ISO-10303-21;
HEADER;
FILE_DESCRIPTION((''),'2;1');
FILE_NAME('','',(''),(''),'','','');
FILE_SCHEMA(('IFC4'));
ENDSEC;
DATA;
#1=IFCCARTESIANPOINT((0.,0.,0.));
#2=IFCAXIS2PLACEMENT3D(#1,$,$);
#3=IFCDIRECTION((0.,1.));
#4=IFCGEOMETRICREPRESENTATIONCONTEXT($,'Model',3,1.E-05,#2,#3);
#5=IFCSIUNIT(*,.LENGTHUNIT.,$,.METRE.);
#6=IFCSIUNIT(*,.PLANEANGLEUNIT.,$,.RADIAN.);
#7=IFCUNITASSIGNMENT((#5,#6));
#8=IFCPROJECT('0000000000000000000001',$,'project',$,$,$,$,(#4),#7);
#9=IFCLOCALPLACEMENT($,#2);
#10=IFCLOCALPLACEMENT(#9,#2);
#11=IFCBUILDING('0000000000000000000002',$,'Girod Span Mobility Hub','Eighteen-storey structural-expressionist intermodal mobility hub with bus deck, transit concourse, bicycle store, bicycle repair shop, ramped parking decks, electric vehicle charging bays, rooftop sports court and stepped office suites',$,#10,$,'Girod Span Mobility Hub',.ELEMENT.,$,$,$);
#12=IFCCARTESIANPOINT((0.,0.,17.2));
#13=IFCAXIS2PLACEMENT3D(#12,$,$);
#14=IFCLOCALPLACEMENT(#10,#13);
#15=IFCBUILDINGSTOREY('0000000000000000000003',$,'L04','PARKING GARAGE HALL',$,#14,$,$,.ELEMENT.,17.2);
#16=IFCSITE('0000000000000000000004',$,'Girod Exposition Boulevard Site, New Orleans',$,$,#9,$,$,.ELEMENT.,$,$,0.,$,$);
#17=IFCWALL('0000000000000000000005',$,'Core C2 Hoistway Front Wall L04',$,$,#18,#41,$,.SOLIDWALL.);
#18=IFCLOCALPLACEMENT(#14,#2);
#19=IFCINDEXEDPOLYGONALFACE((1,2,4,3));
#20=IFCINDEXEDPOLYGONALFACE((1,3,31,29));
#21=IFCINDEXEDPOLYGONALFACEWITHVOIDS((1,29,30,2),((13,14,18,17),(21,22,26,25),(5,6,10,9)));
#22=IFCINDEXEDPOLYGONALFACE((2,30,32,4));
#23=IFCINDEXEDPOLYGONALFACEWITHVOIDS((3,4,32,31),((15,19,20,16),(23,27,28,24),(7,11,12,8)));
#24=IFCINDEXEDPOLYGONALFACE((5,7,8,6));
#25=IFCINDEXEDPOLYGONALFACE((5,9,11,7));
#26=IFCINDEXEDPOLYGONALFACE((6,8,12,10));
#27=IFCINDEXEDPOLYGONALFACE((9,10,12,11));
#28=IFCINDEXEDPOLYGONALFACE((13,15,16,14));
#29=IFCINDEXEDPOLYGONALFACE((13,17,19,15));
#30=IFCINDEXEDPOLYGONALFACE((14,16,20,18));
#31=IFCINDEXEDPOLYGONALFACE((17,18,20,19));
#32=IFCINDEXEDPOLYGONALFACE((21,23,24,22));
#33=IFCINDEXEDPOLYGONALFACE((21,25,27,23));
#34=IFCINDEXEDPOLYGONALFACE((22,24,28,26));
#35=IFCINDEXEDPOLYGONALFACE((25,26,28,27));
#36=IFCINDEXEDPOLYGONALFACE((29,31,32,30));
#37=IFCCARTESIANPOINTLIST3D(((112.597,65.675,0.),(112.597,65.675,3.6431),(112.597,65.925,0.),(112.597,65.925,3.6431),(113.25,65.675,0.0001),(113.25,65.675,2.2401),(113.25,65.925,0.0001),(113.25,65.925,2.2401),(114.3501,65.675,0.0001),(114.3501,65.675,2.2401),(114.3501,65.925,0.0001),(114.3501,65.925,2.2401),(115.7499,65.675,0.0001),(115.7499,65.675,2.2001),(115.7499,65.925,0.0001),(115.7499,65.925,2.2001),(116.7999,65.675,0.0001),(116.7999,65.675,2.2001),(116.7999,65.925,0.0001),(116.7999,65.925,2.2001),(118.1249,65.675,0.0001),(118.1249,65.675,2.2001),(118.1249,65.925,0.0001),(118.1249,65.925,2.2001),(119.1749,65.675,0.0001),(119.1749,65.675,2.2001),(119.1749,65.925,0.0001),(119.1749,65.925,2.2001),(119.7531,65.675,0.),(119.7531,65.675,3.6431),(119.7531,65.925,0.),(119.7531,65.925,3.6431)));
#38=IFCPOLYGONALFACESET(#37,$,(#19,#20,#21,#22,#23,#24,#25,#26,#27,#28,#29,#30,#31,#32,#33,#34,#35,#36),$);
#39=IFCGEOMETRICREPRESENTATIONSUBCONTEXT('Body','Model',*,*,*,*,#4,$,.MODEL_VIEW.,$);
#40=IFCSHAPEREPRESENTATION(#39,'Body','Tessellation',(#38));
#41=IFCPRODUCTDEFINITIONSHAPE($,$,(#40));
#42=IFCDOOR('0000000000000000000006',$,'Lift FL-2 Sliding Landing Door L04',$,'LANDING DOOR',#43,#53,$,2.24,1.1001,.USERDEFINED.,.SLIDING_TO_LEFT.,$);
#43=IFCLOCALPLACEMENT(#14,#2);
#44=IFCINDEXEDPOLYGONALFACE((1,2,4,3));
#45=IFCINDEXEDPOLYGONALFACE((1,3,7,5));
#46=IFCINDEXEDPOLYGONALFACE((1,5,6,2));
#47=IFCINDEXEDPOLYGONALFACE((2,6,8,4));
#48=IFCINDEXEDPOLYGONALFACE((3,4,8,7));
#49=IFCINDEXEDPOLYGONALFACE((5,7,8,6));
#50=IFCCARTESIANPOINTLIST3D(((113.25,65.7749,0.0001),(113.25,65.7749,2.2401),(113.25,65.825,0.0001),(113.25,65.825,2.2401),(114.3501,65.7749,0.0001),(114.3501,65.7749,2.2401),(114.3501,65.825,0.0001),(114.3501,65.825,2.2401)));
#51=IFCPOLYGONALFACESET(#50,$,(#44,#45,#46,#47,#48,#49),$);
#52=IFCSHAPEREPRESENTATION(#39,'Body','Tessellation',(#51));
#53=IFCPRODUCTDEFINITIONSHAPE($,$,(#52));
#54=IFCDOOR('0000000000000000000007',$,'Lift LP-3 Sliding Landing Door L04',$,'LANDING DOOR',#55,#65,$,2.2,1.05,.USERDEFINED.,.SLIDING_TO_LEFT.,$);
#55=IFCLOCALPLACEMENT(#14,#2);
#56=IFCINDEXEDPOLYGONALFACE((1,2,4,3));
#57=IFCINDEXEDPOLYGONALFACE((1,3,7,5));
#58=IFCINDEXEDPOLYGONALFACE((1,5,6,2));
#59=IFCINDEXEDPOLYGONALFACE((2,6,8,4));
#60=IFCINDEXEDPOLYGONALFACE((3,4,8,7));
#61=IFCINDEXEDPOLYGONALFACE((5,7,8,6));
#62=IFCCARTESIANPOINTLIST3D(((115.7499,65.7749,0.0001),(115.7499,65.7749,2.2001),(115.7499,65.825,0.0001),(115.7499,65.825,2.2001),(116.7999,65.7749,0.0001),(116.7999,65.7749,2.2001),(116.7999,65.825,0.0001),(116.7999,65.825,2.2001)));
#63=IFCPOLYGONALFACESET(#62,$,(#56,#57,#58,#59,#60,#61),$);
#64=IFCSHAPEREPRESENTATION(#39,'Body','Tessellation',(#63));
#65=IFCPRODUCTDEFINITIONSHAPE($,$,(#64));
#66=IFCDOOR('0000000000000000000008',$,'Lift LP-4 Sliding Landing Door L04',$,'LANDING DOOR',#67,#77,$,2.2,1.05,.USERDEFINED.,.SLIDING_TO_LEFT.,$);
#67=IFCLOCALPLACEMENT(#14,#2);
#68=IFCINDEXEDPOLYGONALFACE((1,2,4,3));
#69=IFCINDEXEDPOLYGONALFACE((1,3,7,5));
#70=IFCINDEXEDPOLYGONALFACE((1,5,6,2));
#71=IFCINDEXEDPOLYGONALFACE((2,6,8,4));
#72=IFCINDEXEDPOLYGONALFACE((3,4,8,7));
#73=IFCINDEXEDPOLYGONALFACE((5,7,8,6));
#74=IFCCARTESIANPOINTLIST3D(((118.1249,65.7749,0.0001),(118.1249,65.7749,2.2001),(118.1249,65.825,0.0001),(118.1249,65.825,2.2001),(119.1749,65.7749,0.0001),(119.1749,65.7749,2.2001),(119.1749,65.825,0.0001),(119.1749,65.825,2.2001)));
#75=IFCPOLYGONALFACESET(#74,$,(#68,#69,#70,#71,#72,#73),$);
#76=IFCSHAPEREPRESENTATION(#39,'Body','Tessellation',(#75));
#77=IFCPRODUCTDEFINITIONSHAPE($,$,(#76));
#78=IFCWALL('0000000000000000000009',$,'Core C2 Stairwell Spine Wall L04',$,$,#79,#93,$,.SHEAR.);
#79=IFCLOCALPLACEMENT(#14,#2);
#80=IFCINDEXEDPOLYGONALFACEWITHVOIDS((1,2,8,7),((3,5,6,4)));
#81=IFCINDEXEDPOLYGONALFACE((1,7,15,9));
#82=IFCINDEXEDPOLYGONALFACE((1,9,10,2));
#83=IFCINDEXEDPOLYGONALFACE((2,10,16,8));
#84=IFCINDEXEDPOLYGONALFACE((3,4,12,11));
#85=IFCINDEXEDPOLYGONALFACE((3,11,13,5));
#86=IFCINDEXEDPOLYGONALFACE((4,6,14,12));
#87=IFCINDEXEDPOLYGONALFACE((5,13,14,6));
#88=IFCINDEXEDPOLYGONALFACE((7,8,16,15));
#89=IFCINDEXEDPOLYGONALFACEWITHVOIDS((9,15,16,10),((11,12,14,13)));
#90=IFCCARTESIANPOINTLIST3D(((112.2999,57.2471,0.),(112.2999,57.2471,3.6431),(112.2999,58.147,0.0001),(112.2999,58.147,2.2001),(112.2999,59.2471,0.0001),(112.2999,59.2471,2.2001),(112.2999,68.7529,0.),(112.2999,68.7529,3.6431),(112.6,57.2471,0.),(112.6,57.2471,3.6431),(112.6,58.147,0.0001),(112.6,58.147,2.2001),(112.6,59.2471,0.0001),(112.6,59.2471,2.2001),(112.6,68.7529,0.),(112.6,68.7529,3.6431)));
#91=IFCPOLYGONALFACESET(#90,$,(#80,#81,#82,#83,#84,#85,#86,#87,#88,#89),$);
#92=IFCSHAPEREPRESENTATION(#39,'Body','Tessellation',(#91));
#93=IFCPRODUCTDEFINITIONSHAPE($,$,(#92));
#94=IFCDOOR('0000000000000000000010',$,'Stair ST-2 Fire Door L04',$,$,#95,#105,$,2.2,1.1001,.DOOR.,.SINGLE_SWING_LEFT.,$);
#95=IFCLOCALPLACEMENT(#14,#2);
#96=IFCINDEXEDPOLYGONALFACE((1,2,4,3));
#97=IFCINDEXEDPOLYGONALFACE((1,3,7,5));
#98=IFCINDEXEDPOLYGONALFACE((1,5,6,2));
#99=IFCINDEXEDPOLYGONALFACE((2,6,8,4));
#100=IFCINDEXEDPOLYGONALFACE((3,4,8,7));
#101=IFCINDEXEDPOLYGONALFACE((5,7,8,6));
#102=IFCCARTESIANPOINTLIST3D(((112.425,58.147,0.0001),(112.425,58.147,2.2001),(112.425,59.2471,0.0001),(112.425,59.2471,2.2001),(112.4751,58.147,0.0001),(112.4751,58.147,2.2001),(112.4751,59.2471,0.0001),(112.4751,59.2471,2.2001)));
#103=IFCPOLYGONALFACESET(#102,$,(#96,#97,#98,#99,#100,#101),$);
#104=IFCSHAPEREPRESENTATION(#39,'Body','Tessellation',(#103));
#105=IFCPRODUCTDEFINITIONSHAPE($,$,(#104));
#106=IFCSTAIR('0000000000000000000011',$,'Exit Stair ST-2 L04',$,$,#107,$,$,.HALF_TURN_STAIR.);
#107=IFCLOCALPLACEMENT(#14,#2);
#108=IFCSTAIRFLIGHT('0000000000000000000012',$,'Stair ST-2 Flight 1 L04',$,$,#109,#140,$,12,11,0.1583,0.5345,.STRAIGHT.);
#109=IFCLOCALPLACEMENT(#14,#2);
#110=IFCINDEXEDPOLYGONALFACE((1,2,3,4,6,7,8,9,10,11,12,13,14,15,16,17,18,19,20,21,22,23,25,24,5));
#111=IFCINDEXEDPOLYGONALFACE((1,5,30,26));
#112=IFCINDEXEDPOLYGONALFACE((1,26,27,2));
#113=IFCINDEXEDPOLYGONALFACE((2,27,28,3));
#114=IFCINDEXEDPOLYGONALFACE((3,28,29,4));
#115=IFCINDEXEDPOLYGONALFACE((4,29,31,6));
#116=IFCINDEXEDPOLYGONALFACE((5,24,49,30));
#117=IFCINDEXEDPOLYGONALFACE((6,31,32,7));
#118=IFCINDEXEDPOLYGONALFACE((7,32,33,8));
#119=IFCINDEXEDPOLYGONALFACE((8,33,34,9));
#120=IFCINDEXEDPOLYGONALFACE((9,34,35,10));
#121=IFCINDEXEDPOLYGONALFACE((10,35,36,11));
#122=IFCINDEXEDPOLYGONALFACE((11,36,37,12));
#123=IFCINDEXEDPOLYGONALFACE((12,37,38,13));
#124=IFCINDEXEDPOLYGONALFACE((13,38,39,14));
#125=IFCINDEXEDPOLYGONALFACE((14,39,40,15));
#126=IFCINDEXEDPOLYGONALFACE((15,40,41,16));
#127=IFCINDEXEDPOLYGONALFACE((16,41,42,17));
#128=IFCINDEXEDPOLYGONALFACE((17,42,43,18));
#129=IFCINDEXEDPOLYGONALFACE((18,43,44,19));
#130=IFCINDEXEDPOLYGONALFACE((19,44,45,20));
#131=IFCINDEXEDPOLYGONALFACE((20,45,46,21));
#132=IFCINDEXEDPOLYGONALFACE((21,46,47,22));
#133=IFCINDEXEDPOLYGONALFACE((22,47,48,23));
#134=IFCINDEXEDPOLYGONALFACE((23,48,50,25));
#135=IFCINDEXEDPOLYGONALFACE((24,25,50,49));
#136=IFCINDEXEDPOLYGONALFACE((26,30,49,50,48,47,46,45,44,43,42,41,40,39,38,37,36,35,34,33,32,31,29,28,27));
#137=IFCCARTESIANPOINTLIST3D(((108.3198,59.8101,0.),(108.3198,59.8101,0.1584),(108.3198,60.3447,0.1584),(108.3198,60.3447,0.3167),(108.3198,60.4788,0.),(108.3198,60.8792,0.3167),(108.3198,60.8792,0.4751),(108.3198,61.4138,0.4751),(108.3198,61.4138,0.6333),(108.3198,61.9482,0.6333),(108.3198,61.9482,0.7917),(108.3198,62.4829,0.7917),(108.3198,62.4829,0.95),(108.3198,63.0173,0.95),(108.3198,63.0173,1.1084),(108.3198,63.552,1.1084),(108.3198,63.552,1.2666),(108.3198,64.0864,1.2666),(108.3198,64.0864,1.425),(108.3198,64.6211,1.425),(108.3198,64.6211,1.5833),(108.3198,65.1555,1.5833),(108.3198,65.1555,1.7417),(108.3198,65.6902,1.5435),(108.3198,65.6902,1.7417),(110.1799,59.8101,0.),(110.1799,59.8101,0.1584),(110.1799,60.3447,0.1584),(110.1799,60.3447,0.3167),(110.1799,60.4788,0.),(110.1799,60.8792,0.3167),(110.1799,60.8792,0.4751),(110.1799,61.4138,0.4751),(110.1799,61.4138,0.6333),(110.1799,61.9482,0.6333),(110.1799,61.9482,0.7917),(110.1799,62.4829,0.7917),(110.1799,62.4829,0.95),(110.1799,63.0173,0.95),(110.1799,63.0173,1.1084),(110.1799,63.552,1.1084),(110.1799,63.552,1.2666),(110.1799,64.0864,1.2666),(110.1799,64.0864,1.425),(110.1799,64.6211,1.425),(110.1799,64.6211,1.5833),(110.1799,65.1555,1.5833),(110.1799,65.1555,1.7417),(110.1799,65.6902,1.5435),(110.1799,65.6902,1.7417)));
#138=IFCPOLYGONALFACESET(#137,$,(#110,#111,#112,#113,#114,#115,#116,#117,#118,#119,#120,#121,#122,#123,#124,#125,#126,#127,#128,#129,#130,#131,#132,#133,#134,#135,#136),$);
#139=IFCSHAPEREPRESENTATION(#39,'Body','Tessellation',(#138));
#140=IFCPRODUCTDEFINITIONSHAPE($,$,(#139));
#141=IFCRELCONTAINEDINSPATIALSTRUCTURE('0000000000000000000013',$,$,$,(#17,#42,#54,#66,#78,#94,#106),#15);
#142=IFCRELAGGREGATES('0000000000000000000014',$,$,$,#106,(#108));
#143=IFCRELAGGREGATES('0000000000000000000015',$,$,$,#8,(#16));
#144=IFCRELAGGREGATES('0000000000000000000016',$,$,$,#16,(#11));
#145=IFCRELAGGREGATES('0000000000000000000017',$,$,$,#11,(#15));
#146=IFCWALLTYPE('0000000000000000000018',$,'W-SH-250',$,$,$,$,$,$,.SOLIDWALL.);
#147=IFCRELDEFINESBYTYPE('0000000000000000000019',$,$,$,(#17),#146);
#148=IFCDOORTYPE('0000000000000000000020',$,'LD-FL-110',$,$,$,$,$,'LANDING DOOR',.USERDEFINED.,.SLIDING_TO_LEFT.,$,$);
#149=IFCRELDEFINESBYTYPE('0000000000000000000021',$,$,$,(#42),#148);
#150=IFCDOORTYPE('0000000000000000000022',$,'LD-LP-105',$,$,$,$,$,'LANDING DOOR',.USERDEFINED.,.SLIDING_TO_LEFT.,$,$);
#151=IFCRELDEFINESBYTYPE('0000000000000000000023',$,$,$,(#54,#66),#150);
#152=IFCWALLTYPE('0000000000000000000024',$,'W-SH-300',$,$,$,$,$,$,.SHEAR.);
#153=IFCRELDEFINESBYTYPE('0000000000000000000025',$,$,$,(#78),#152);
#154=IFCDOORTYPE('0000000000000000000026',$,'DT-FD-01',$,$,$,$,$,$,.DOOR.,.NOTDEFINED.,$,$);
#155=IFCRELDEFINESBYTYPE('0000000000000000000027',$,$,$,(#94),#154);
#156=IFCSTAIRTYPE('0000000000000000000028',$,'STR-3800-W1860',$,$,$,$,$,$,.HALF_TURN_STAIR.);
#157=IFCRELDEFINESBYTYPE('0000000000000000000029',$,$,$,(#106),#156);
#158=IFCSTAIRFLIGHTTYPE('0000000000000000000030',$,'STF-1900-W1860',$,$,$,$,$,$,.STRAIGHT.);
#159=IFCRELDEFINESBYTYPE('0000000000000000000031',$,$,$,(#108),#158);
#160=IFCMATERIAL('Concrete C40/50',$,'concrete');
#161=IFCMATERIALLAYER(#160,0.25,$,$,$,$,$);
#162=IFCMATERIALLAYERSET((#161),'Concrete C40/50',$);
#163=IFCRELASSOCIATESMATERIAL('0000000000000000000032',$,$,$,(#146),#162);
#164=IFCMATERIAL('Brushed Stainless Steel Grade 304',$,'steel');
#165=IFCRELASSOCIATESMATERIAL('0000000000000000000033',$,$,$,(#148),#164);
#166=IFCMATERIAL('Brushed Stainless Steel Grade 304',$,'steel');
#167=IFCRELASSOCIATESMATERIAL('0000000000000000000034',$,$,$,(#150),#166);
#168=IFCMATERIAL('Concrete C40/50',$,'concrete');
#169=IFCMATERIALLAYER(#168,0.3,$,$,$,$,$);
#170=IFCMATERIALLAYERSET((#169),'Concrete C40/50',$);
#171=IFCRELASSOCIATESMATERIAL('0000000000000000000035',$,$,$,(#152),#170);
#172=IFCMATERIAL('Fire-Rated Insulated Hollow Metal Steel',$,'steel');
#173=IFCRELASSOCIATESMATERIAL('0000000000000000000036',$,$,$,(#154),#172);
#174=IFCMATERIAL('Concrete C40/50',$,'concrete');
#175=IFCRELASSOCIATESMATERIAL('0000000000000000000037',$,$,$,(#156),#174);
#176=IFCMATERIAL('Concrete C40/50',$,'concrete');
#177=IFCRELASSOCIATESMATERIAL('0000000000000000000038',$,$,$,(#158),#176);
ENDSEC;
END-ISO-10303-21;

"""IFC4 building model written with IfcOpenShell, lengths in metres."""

from ifc_helpers import new_model, si_unit, direction, frame, frame_2d, origin, place, context, subcontext, project, spatial, polyline, rectangle, outline, extrude, material, layer, layer_set, type_object, element, fill, aggregate, save


model = new_model("IFC4")

# Units and contexts
model_context = context("Model", 3, precision=1e-05, world=origin(), true_north=direction((0.0, 1.0)))
body_context = subcontext(model_context, "Body", "Model", "MODEL_VIEW")
ifc_project = project(units=[si_unit("LENGTHUNIT", "METRE"), si_unit("PLANEANGLEUNIT", "RADIAN")], contexts=[model_context])

# Site, building, storey
site_placement = place(None, origin())
site = spatial("IfcSite", under=ifc_project, at=site_placement, Name="Girod Exposition Boulevard Site, New Orleans", CompositionType="ELEMENT", RefElevation=0.0)
building_placement = place(site_placement, origin())
building = spatial("IfcBuilding", under=site, at=building_placement, Name="Girod Span Mobility Hub", Description="Eighteen-storey structural-expressionist intermodal mobility hub with bus deck, transit concourse, bicycle store, bicycle repair shop, ramped parking decks, electric vehicle charging bays, rooftop sports court and stepped office suites", LongName="Girod Span Mobility Hub", CompositionType="ELEMENT")
storey_placement = place(building_placement, frame((0.0, 0.0, 17.2)))
storey = spatial("IfcBuildingStorey", under=building, at=storey_placement, Name="L04", Description="PARKING GARAGE HALL", CompositionType="ELEMENT", Elevation=17.2)

# Wall, openings, doors
ifc_material_1 = material(Name="Concrete C40/50", Category="concrete")
ifc_layer_1 = layer(ifc_material_1, 0.25)
ifc_layer_set_1 = layer_set([ifc_layer_1], Name="Concrete C40/50")
wall_type_1 = type_object("IfcWallType", Name="W-SH-250", PredefinedType="SOLIDWALL", material=ifc_layer_set_1)
wall_1_placement = place(storey_placement, frame((112.5969, 65.8, 0.0), z_axis=(0.0, 0.0, 1.0), x_axis=(1.0, 0.0, 0.0)))
wall_1 = element("IfcWall", 1, at=wall_1_placement, inside=storey, type_object=wall_type_1, Name="Core C2 Hoistway Front Wall L04", PredefinedType="SOLIDWALL", context=body_context, shape_type="SweptSolid", body=[
    extrude(rectangle(XDim=7.156, YDim=0.25, at=frame_2d((3.5781, 0.0))), origin(), (0.0, 0.0, 1.0), 3.6431),
])
opening_1_placement = place(wall_1_placement, frame((0.6531, 0.0, 0.0)))
opening_1 = element("IfcOpeningElement", 2, at=opening_1_placement, cuts=wall_1, PredefinedType="OPENING", context=body_context, shape_type="SweptSolid", body=[
    extrude(rectangle(XDim=1.1001, YDim=2.24, at=frame_2d((0.55, 1.1201))), frame((0.0, 0.1399, 0.0), z_axis=(0.0, -1.0, 0.0), x_axis=(1.0, 0.0, 0.0)), (0.0, 0.0, 1.0), 0.28),
])
opening_2_placement = place(wall_1_placement, frame((3.1531, 0.0, 0.0)))
opening_2 = element("IfcOpeningElement", 3, at=opening_2_placement, cuts=wall_1, PredefinedType="OPENING", context=body_context, shape_type="SweptSolid", body=[
    extrude(rectangle(XDim=1.05, YDim=2.2, at=frame_2d((0.5249, 1.1001))), frame((0.0, 0.1399, 0.0), z_axis=(0.0, -1.0, 0.0), x_axis=(1.0, 0.0, 0.0)), (0.0, 0.0, 1.0), 0.28),
])
opening_3_placement = place(wall_1_placement, frame((5.5281, 0.0, 0.0)))
opening_3 = element("IfcOpeningElement", 4, at=opening_3_placement, cuts=wall_1, PredefinedType="OPENING", context=body_context, shape_type="SweptSolid", body=[
    extrude(rectangle(XDim=1.05, YDim=2.2, at=frame_2d((0.5249, 1.1001))), frame((0.0, 0.1399, 0.0), z_axis=(0.0, -1.0, 0.0), x_axis=(1.0, 0.0, 0.0)), (0.0, 0.0, 1.0), 0.28),
])
ifc_material_2 = material(Name="Brushed Stainless Steel Grade 304", Category="steel")
door_type_1 = type_object("IfcDoorType", Name="LD-FL-110", ElementType="LANDING DOOR", OperationType="SLIDING_TO_LEFT", PredefinedType="USERDEFINED", material=ifc_material_2)
door_1_placement = place(opening_1_placement, origin())
door_1 = element("IfcDoor", 5, at=door_1_placement, inside=storey, type_object=door_type_1, Name="Lift FL-2 Sliding Landing Door L04", ObjectType="LANDING DOOR", OperationType="SLIDING_TO_LEFT", OverallHeight=2.24, OverallWidth=1.1001, PredefinedType="USERDEFINED", context=body_context, shape_type="SweptSolid", body=[
    extrude(rectangle(XDim=1.1001, YDim=2.24, at=frame_2d((0.55, 1.1201))), frame((0.0, 0.0249, 0.0), z_axis=(0.0, -1.0, 0.0), x_axis=(1.0, 0.0, 0.0)), (0.0, 0.0, 1.0), 0.05),
])
fill(opening_1, door_1)
ifc_material_3 = material(Name="Brushed Stainless Steel Grade 304", Category="steel")
door_type_2 = type_object("IfcDoorType", Name="LD-LP-105", ElementType="LANDING DOOR", OperationType="SLIDING_TO_LEFT", PredefinedType="USERDEFINED", material=ifc_material_3)
door_2_placement = place(opening_2_placement, origin())
door_2 = element("IfcDoor", 6, at=door_2_placement, inside=storey, type_object=door_type_2, Name="Lift LP-3 Sliding Landing Door L04", ObjectType="LANDING DOOR", OperationType="SLIDING_TO_LEFT", OverallHeight=2.2, OverallWidth=1.05, PredefinedType="USERDEFINED", context=body_context, shape_type="SweptSolid", body=[
    extrude(rectangle(XDim=1.05, YDim=2.2, at=frame_2d((0.5249, 1.1001))), frame((0.0, 0.0249, 0.0), z_axis=(0.0, -1.0, 0.0), x_axis=(1.0, 0.0, 0.0)), (0.0, 0.0, 1.0), 0.05),
])
fill(opening_2, door_2)
door_3_placement = place(opening_3_placement, origin())
door_3 = element("IfcDoor", 7, at=door_3_placement, inside=storey, type_object=door_type_2, Name="Lift LP-4 Sliding Landing Door L04", ObjectType="LANDING DOOR", OperationType="SLIDING_TO_LEFT", OverallHeight=2.2, OverallWidth=1.05, PredefinedType="USERDEFINED", context=body_context, shape_type="SweptSolid", body=[
    extrude(rectangle(XDim=1.05, YDim=2.2, at=frame_2d((0.5249, 1.1001))), frame((0.0, 0.0249, 0.0), z_axis=(0.0, -1.0, 0.0), x_axis=(1.0, 0.0, 0.0)), (0.0, 0.0, 1.0), 0.05),
])
fill(opening_3, door_3)

# Wall, opening, door
ifc_material_4 = material(Name="Concrete C40/50", Category="concrete")
ifc_layer_2 = layer(ifc_material_4, 0.3)
ifc_layer_set_2 = layer_set([ifc_layer_2], Name="Concrete C40/50")
wall_type_2 = type_object("IfcWallType", Name="W-SH-300", PredefinedType="SHEAR", material=ifc_layer_set_2)
wall_2_placement = place(storey_placement, frame((112.45, 57.2471, 0.0), z_axis=(0.0, 0.0, 1.0), x_axis=(0.0, 1.0, 0.0)))
wall_2 = element("IfcWall", 8, at=wall_2_placement, inside=storey, type_object=wall_type_2, Name="Core C2 Stairwell Spine Wall L04", PredefinedType="SHEAR", context=body_context, shape_type="SweptSolid", body=[
    extrude(rectangle(XDim=11.5059, YDim=0.3, at=frame_2d((5.7529, 0.0))), origin(), (0.0, 0.0, 1.0), 3.6431),
])
opening_4_placement = place(wall_2_placement, frame((0.8999, 0.0, 0.0)))
opening_4 = element("IfcOpeningElement", 9, at=opening_4_placement, cuts=wall_2, PredefinedType="OPENING", context=body_context, shape_type="SweptSolid", body=[
    extrude(rectangle(XDim=1.1001, YDim=2.2, at=frame_2d((0.55, 1.1001))), frame((0.0, 0.165, 0.0), z_axis=(0.0, -1.0, 0.0), x_axis=(1.0, 0.0, 0.0)), (0.0, 0.0, 1.0), 0.3301),
])
ifc_material_5 = material(Name="Fire-Rated Insulated Hollow Metal Steel", Category="steel")
door_type_3 = type_object("IfcDoorType", Name="DT-FD-01", OperationType="NOTDEFINED", PredefinedType="DOOR", material=ifc_material_5)
door_4_placement = place(opening_4_placement, origin())
door_4 = element("IfcDoor", 10, at=door_4_placement, inside=storey, type_object=door_type_3, Name="Stair ST-2 Fire Door L04", OperationType="SINGLE_SWING_LEFT", OverallHeight=2.2, OverallWidth=1.1001, PredefinedType="DOOR", context=body_context, shape_type="SweptSolid", body=[
    extrude(rectangle(XDim=1.1001, YDim=2.2, at=frame_2d((0.55, 1.1001))), frame((0.0, 0.0249, 0.0), z_axis=(0.0, -1.0, 0.0), x_axis=(1.0, 0.0, 0.0)), (0.0, 0.0, 1.0), 0.05),
])
fill(opening_4, door_4)

# Stair, stair flight
ifc_material_6 = material(Name="Concrete C40/50", Category="concrete")
stair_type = type_object("IfcStairType", Name="STR-3800-W1860", PredefinedType="HALF_TURN_STAIR", material=ifc_material_6)
stair_placement = place(storey_placement, origin())
stair = element("IfcStair", 11, at=stair_placement, inside=storey, type_object=stair_type, Name="Exit Stair ST-2 L04", PredefinedType="HALF_TURN_STAIR")
ifc_material_7 = material(Name="Concrete C40/50", Category="concrete")
stair_flight_type = type_object("IfcStairFlightType", Name="STF-1900-W1860", PredefinedType="STRAIGHT", material=ifc_material_7)
stair_flight_1_placement = place(storey_placement, frame((109.25, 59.8101, 0.0), z_axis=(0.0, 0.0, 1.0), x_axis=(0.0, 1.0, 0.0)))
stair_flight_1 = element("IfcStairFlight", 12, at=stair_flight_1_placement, type_object=stair_flight_type, Name="Stair ST-2 Flight 1 L04", NumberOfRisers=12, NumberOfTreads=11, PredefinedType="STRAIGHT", RiserHeight=0.1583, TreadLength=0.5345, context=body_context, shape_type="SweptSolid", body=[
    extrude(outline(polyline([(0.0, 0.0), (0.0, 0.1584), (0.5347, 0.1584), (0.5347, 0.3167), (1.0691, 0.3167), (1.0691, 0.4751), (1.6038, 0.4751), (1.6038, 0.6333), (2.1382, 0.6333), (2.1382, 0.7917), (2.6729, 0.7917), (2.6729, 0.95), (3.2073, 0.95), (3.2073, 1.1084), (3.7419, 1.1084), (3.7419, 1.2666), (4.2764, 1.2666), (4.2764, 1.425), (4.811, 1.425), (4.811, 1.5833), (5.3455, 1.5833), (5.3455, 1.7417), (5.8801, 1.7417), (5.8801, 1.8999), (5.8801, 1.5435), (0.6687, 0.0), (0.0, 0.0)])), frame((0.0, 0.9302, 0.0), z_axis=(0.0, -1.0, 0.0), x_axis=(1.0, 0.0, 0.0)), (0.0, 0.0, 1.0), 1.8601),
])
aggregate(stair, [stair_flight_1])

save(model, "model.ifc")
